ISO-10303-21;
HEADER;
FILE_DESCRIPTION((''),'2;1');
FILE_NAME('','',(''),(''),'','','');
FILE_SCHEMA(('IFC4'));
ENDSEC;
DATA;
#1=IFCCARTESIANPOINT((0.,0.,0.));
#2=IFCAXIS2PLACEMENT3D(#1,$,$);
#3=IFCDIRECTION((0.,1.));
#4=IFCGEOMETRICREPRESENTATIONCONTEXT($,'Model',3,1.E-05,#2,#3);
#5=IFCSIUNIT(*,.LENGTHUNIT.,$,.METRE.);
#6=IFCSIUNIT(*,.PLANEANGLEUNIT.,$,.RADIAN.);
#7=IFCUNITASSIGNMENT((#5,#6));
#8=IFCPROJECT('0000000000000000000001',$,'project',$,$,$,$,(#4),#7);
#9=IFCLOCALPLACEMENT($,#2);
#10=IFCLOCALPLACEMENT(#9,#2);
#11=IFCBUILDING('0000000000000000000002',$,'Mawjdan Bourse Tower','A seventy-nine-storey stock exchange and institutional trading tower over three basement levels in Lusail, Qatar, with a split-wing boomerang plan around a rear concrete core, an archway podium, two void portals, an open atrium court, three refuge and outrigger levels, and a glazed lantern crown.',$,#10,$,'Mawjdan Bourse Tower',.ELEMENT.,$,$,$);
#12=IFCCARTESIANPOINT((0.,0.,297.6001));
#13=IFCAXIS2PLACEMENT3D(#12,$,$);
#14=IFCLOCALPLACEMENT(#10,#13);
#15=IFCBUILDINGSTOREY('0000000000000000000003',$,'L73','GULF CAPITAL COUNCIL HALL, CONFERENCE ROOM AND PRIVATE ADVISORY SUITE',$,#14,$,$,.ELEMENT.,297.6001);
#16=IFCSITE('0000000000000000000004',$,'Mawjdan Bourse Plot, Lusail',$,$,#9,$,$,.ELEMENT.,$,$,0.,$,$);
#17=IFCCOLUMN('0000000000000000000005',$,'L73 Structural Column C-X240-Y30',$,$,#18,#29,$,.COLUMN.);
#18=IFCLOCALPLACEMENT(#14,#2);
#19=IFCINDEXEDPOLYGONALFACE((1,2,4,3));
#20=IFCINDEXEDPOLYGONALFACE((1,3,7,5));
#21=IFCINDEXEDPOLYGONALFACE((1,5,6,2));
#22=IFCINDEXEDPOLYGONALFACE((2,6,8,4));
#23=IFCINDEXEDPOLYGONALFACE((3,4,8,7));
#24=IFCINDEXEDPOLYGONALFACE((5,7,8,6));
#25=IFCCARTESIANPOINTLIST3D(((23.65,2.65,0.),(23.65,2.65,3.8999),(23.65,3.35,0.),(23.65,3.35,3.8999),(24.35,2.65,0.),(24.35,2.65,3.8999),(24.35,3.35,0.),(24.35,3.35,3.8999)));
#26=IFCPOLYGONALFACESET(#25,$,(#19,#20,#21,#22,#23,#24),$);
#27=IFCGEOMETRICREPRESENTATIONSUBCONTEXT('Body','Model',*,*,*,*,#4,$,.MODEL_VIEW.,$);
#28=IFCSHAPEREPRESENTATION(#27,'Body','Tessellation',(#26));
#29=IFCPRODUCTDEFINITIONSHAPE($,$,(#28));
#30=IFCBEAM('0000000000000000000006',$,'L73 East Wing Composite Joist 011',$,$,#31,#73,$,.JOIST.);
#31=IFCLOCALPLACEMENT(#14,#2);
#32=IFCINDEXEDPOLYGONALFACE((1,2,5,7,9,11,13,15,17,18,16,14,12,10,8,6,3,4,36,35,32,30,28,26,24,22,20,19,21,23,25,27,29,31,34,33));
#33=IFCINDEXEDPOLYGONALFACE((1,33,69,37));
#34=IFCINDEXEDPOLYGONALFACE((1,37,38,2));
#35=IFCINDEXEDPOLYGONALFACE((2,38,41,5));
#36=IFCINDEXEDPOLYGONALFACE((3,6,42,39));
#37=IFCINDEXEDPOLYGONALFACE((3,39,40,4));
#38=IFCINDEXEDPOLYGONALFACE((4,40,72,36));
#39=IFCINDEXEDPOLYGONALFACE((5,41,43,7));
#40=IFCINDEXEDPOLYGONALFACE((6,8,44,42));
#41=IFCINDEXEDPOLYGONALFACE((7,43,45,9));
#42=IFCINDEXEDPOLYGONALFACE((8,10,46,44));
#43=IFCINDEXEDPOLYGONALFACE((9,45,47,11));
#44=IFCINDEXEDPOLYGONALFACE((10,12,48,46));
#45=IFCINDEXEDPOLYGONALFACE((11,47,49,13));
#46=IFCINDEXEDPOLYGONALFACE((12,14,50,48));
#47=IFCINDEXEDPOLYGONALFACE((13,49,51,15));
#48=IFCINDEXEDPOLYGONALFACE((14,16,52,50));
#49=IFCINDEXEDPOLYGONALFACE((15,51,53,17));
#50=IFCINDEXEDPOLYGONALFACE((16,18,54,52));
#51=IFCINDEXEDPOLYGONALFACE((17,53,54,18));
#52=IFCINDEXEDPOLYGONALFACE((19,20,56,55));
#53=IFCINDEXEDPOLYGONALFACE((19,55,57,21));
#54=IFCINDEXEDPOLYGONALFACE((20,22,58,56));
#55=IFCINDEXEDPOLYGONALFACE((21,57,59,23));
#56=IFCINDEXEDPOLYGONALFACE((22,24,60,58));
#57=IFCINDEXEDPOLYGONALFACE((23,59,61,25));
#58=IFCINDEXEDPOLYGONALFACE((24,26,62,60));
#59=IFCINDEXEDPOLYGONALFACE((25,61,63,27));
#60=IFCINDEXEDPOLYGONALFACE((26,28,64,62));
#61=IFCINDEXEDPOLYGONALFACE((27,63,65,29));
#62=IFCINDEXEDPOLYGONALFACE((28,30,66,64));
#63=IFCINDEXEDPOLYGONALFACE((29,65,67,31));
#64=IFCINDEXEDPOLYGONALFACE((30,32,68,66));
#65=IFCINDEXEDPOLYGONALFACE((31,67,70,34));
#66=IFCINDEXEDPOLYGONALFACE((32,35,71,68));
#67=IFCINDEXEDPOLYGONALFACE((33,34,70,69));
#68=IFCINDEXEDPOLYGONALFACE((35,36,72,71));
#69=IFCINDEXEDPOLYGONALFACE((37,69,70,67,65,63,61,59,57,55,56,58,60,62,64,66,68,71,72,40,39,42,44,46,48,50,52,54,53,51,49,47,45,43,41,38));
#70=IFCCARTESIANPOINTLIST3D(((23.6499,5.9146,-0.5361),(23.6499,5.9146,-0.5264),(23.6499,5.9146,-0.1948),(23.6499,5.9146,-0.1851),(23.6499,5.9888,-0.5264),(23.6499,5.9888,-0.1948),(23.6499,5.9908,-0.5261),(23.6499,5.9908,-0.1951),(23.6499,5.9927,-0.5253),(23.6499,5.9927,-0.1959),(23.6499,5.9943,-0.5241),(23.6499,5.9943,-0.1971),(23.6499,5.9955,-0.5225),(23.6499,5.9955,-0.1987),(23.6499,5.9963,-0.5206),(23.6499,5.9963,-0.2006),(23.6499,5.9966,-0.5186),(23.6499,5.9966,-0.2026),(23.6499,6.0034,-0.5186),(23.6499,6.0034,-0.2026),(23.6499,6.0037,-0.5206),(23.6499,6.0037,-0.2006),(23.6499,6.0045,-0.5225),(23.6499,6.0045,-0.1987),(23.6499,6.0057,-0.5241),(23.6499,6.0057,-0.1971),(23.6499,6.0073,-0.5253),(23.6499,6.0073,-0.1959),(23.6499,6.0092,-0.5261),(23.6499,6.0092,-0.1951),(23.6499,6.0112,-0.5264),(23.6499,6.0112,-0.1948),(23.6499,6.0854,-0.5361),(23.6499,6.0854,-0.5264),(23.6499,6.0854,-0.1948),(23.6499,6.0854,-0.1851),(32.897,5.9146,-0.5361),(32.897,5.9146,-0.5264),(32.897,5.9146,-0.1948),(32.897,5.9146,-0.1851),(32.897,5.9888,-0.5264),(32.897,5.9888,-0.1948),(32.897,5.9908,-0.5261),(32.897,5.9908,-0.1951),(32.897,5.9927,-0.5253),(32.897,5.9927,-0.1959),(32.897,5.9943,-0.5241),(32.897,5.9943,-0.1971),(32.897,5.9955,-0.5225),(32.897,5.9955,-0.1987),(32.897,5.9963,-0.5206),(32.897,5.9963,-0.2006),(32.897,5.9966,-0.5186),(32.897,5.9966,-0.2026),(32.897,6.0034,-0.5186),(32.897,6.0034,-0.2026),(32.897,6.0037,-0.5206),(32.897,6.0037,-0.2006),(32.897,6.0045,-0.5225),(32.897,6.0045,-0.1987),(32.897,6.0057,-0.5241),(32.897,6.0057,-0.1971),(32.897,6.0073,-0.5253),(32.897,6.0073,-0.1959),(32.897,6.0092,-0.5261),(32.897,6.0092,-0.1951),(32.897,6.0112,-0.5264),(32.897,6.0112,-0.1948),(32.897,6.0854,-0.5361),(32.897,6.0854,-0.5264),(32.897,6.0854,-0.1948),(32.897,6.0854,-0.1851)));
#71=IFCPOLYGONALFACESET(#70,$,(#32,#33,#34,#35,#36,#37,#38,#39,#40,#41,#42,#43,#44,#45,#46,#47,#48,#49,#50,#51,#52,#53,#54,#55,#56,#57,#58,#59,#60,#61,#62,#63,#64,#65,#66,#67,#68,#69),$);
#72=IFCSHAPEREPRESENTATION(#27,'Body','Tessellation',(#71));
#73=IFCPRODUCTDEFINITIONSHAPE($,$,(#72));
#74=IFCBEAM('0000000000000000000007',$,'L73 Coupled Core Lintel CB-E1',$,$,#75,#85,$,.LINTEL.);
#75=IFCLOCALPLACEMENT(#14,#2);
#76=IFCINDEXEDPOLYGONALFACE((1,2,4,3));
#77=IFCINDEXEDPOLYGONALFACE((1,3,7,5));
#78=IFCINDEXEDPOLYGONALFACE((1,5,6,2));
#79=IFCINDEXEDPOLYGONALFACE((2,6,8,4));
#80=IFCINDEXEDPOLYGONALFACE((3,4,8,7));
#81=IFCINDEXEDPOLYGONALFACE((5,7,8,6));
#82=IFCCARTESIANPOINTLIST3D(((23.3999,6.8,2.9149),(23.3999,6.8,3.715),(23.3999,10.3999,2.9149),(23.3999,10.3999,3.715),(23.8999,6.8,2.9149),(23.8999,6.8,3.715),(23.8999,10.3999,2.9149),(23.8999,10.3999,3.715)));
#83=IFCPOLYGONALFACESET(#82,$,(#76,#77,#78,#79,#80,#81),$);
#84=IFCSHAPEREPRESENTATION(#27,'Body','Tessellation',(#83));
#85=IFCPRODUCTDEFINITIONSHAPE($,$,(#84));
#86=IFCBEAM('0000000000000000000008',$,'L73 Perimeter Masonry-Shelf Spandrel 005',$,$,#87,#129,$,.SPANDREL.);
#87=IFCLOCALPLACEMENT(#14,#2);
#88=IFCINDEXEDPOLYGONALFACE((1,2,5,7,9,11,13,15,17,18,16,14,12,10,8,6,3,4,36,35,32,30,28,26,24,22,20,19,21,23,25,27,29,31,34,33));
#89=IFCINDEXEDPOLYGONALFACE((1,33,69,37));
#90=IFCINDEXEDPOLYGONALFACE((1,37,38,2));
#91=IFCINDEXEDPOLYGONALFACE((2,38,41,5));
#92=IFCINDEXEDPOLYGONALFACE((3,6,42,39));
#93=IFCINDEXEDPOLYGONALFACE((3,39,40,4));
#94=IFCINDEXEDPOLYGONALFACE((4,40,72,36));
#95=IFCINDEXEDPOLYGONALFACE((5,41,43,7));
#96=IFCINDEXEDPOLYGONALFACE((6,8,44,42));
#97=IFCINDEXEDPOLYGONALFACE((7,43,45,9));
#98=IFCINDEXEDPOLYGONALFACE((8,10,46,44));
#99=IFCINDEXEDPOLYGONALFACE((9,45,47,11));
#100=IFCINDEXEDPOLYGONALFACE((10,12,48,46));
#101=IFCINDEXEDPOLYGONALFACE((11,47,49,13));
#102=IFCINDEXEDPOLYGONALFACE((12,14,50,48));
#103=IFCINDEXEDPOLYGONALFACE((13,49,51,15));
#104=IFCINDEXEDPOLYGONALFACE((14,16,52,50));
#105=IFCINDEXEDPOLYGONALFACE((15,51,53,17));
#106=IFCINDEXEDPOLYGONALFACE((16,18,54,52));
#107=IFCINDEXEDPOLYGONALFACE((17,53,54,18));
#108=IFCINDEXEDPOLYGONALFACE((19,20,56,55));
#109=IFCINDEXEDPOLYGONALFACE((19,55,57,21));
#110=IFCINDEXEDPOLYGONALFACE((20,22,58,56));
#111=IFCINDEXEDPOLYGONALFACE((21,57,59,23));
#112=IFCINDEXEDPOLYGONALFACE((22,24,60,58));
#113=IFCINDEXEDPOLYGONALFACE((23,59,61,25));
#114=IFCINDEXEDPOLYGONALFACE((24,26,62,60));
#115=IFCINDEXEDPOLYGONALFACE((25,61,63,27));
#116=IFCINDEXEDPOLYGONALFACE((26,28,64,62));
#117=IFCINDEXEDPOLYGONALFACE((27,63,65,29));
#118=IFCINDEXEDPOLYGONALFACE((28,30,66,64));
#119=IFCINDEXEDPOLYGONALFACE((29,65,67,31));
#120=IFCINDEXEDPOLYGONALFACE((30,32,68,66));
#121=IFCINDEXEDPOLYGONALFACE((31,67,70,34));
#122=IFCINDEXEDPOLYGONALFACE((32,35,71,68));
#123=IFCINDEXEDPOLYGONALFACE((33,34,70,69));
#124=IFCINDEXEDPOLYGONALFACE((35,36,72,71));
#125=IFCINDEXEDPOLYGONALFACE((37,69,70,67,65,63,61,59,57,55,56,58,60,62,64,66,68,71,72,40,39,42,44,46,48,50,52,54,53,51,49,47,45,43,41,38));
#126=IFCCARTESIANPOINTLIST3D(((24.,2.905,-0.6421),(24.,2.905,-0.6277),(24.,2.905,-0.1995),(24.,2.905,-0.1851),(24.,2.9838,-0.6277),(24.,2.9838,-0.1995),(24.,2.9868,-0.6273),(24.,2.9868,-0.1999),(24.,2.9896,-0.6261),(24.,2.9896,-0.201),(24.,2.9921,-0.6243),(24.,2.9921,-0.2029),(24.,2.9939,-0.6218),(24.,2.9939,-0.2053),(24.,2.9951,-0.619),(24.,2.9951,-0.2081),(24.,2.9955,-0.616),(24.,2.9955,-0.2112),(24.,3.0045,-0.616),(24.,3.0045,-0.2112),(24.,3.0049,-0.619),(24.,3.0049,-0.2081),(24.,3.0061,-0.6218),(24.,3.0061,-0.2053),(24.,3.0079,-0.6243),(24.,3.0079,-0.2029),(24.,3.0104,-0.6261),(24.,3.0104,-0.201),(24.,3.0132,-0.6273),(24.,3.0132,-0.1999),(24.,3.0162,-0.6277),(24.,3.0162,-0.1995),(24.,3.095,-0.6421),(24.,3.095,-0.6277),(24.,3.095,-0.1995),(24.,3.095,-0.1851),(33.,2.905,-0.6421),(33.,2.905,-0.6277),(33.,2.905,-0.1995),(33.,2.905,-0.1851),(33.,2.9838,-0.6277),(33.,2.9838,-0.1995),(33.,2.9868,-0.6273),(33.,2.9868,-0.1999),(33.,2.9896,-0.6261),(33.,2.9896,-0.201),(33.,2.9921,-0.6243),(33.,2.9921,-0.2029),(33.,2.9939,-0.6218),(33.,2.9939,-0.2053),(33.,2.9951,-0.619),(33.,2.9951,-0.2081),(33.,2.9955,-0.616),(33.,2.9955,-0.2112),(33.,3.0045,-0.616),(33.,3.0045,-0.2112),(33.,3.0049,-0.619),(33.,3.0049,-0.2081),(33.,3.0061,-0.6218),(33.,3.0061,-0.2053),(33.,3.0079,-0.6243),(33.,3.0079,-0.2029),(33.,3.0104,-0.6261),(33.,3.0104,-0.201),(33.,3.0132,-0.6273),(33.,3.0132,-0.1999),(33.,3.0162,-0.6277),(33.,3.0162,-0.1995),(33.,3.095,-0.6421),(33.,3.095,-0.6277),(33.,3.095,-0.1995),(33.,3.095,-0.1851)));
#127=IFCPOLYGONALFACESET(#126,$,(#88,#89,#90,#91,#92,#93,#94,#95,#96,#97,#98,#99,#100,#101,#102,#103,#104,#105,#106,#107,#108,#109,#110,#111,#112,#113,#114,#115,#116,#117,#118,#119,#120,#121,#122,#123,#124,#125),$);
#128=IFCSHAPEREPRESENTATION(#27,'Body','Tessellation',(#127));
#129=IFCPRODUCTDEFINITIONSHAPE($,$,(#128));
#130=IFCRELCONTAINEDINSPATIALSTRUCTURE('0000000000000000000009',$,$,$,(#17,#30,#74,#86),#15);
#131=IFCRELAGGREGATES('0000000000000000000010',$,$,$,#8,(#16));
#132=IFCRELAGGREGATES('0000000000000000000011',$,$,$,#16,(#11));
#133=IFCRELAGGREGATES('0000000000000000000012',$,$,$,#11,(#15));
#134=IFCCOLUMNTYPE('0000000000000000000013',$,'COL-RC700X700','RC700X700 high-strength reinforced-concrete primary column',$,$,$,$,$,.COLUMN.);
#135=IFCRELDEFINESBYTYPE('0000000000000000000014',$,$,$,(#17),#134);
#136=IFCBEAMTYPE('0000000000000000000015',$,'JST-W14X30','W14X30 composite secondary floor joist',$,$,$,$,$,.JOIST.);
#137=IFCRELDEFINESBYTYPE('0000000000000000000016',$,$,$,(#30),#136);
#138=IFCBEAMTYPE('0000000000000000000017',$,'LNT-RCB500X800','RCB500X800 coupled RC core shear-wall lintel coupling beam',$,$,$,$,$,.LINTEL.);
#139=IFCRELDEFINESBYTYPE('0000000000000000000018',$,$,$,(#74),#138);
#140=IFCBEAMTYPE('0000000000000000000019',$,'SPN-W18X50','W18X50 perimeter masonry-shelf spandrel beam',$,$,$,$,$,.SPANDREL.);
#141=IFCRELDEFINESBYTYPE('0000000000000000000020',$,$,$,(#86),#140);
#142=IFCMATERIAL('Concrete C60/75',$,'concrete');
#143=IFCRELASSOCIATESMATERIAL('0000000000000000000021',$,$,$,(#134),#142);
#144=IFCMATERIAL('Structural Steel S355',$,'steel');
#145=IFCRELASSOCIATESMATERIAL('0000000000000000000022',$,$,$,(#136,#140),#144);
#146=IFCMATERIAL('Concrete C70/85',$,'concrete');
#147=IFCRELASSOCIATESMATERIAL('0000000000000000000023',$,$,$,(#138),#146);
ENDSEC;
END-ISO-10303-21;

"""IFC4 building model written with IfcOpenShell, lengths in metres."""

from ifc_helpers import new_model, si_unit, direction, frame, origin, origin_2d, place, context, subcontext, project, spatial, rectangle, i_section, extrude, material, material_profile, profile_set, type_object, element, save


model = new_model("IFC4")

# Units and contexts
model_context = context("Model", 3, precision=1e-05, world=origin(), true_north=direction((0.0, 1.0)))
body_context = subcontext(model_context, "Body", "Model", "MODEL_VIEW")
ifc_project = project(units=[si_unit("LENGTHUNIT", "METRE"), si_unit("PLANEANGLEUNIT", "RADIAN")], contexts=[model_context])

# Site, building, storey
site_placement = place(None, origin())
site = spatial("IfcSite", under=ifc_project, at=site_placement, Name="Mawjdan Bourse Plot, Lusail", CompositionType="ELEMENT", RefElevation=0.0)
building_placement = place(site_placement, origin())
building = spatial("IfcBuilding", under=site, at=building_placement, Name="Mawjdan Bourse Tower", Description="A seventy-nine-storey stock exchange and institutional trading tower over three basement levels in Lusail, Qatar, with a split-wing boomerang plan around a rear concrete core, an archway podium, two void portals, an open atrium court, three refuge and outrigger levels, and a glazed lantern crown.", LongName="Mawjdan Bourse Tower", CompositionType="ELEMENT")
storey_placement = place(building_placement, frame((0.0, 0.0, 297.6001)))
storey = spatial("IfcBuildingStorey", under=building, at=storey_placement, Name="L73", Description="GULF CAPITAL COUNCIL HALL, CONFERENCE ROOM AND PRIVATE ADVISORY SUITE", CompositionType="ELEMENT", Elevation=297.6001)

# Column
ifc_material_1 = material(Name="Concrete C60/75", Category="concrete")
ifc_material_profile_1 = material_profile(ifc_material_1, rectangle(XDim=0.7, YDim=0.7, at=origin_2d()), Name="RC700X700")
ifc_profile_set_1 = profile_set([ifc_material_profile_1], Name="Concrete C60/75")
column_type = type_object("IfcColumnType", Name="COL-RC700X700", Description="RC700X700 high-strength reinforced-concrete primary column", PredefinedType="COLUMN", material=ifc_profile_set_1)
column_placement = place(storey_placement, frame((24.0, 3.0, 0.0), z_axis=(0.0, 0.0, 1.0), x_axis=(1.0, 0.0, 0.0)))
element("IfcColumn", 1, at=column_placement, inside=storey, type_object=column_type, Name="L73 Structural Column C-X240-Y30", PredefinedType="COLUMN", context=body_context, shape_type="SweptSolid", body=[
    extrude(rectangle(XDim=0.7, YDim=0.7, at=origin_2d()), origin(), (0.0, 0.0, 1.0), 3.8999),
])

# Beams
ifc_material_2 = material(Name="Structural Steel S355", Category="steel")
ifc_material_profile_2 = material_profile(ifc_material_2, i_section(OverallWidth=0.1709, OverallDepth=0.3511, WebThickness=0.0068, FlangeThickness=0.0098, FilletRadius=0.0078, at=origin_2d()), Name="W14X30")
ifc_profile_set_2 = profile_set([ifc_material_profile_2], Name="Structural Steel S355")
beam_type_1 = type_object("IfcBeamType", Name="JST-W14X30", Description="W14X30 composite secondary floor joist", PredefinedType="JOIST", material=ifc_profile_set_2)
beam_1_placement = place(storey_placement, frame((23.6499, 6.0, -0.3606), z_axis=(1.0, 0.0, 0.0), x_axis=(0.0, 1.0, 0.0)))
element("IfcBeam", 2, at=beam_1_placement, inside=storey, type_object=beam_type_1, Name="L73 East Wing Composite Joist 011", PredefinedType="JOIST", context=body_context, shape_type="SweptSolid", body=[
    extrude(i_section(OverallWidth=0.1709, OverallDepth=0.3511, WebThickness=0.0068, FlangeThickness=0.0098, FilletRadius=0.0078, at=origin_2d()), origin(), (0.0, 0.0, 1.0), 9.2471),
])
ifc_material_3 = material(Name="Concrete C70/85", Category="concrete")
ifc_material_profile_3 = material_profile(ifc_material_3, rectangle(XDim=0.5, YDim=0.8, at=origin_2d()), Name="RCB500X800")
ifc_profile_set_3 = profile_set([ifc_material_profile_3], Name="Concrete C70/85")
beam_type_2 = type_object("IfcBeamType", Name="LNT-RCB500X800", Description="RCB500X800 coupled RC core shear-wall lintel coupling beam", PredefinedType="LINTEL", material=ifc_profile_set_3)
beam_2_placement = place(storey_placement, frame((23.6499, 6.8, 3.3149), z_axis=(0.0, 1.0, 0.0), x_axis=(-1.0, 0.0, 0.0)))
element("IfcBeam", 3, at=beam_2_placement, inside=storey, type_object=beam_type_2, Name="L73 Coupled Core Lintel CB-E1", PredefinedType="LINTEL", context=body_context, shape_type="SweptSolid", body=[
    extrude(rectangle(XDim=0.5, YDim=0.8, at=origin_2d()), origin(), (0.0, 0.0, 1.0), 3.5999),
])
ifc_material_profile_4 = material_profile(ifc_material_2, i_section(OverallWidth=0.1899, OverallDepth=0.457, WebThickness=0.009, FlangeThickness=0.0144, FilletRadius=0.0117, at=origin_2d()), Name="W18X50")
ifc_profile_set_4 = profile_set([ifc_material_profile_4], Name="Structural Steel S355")
beam_type_3 = type_object("IfcBeamType", Name="SPN-W18X50", Description="W18X50 perimeter masonry-shelf spandrel beam", PredefinedType="SPANDREL", material=ifc_profile_set_4)
beam_3_placement = place(storey_placement, frame((24.0, 3.0, -0.4136), z_axis=(1.0, 0.0, 0.0), x_axis=(0.0, 1.0, 0.0)))
element("IfcBeam", 4, at=beam_3_placement, inside=storey, type_object=beam_type_3, Name="L73 Perimeter Masonry-Shelf Spandrel 005", PredefinedType="SPANDREL", context=body_context, shape_type="SweptSolid", body=[
    extrude(i_section(OverallWidth=0.1899, OverallDepth=0.457, WebThickness=0.009, FlangeThickness=0.0144, FilletRadius=0.0117, at=origin_2d()), origin(), (0.0, 0.0, 1.0), 9.0),
])

save(model, "model.ifc")
